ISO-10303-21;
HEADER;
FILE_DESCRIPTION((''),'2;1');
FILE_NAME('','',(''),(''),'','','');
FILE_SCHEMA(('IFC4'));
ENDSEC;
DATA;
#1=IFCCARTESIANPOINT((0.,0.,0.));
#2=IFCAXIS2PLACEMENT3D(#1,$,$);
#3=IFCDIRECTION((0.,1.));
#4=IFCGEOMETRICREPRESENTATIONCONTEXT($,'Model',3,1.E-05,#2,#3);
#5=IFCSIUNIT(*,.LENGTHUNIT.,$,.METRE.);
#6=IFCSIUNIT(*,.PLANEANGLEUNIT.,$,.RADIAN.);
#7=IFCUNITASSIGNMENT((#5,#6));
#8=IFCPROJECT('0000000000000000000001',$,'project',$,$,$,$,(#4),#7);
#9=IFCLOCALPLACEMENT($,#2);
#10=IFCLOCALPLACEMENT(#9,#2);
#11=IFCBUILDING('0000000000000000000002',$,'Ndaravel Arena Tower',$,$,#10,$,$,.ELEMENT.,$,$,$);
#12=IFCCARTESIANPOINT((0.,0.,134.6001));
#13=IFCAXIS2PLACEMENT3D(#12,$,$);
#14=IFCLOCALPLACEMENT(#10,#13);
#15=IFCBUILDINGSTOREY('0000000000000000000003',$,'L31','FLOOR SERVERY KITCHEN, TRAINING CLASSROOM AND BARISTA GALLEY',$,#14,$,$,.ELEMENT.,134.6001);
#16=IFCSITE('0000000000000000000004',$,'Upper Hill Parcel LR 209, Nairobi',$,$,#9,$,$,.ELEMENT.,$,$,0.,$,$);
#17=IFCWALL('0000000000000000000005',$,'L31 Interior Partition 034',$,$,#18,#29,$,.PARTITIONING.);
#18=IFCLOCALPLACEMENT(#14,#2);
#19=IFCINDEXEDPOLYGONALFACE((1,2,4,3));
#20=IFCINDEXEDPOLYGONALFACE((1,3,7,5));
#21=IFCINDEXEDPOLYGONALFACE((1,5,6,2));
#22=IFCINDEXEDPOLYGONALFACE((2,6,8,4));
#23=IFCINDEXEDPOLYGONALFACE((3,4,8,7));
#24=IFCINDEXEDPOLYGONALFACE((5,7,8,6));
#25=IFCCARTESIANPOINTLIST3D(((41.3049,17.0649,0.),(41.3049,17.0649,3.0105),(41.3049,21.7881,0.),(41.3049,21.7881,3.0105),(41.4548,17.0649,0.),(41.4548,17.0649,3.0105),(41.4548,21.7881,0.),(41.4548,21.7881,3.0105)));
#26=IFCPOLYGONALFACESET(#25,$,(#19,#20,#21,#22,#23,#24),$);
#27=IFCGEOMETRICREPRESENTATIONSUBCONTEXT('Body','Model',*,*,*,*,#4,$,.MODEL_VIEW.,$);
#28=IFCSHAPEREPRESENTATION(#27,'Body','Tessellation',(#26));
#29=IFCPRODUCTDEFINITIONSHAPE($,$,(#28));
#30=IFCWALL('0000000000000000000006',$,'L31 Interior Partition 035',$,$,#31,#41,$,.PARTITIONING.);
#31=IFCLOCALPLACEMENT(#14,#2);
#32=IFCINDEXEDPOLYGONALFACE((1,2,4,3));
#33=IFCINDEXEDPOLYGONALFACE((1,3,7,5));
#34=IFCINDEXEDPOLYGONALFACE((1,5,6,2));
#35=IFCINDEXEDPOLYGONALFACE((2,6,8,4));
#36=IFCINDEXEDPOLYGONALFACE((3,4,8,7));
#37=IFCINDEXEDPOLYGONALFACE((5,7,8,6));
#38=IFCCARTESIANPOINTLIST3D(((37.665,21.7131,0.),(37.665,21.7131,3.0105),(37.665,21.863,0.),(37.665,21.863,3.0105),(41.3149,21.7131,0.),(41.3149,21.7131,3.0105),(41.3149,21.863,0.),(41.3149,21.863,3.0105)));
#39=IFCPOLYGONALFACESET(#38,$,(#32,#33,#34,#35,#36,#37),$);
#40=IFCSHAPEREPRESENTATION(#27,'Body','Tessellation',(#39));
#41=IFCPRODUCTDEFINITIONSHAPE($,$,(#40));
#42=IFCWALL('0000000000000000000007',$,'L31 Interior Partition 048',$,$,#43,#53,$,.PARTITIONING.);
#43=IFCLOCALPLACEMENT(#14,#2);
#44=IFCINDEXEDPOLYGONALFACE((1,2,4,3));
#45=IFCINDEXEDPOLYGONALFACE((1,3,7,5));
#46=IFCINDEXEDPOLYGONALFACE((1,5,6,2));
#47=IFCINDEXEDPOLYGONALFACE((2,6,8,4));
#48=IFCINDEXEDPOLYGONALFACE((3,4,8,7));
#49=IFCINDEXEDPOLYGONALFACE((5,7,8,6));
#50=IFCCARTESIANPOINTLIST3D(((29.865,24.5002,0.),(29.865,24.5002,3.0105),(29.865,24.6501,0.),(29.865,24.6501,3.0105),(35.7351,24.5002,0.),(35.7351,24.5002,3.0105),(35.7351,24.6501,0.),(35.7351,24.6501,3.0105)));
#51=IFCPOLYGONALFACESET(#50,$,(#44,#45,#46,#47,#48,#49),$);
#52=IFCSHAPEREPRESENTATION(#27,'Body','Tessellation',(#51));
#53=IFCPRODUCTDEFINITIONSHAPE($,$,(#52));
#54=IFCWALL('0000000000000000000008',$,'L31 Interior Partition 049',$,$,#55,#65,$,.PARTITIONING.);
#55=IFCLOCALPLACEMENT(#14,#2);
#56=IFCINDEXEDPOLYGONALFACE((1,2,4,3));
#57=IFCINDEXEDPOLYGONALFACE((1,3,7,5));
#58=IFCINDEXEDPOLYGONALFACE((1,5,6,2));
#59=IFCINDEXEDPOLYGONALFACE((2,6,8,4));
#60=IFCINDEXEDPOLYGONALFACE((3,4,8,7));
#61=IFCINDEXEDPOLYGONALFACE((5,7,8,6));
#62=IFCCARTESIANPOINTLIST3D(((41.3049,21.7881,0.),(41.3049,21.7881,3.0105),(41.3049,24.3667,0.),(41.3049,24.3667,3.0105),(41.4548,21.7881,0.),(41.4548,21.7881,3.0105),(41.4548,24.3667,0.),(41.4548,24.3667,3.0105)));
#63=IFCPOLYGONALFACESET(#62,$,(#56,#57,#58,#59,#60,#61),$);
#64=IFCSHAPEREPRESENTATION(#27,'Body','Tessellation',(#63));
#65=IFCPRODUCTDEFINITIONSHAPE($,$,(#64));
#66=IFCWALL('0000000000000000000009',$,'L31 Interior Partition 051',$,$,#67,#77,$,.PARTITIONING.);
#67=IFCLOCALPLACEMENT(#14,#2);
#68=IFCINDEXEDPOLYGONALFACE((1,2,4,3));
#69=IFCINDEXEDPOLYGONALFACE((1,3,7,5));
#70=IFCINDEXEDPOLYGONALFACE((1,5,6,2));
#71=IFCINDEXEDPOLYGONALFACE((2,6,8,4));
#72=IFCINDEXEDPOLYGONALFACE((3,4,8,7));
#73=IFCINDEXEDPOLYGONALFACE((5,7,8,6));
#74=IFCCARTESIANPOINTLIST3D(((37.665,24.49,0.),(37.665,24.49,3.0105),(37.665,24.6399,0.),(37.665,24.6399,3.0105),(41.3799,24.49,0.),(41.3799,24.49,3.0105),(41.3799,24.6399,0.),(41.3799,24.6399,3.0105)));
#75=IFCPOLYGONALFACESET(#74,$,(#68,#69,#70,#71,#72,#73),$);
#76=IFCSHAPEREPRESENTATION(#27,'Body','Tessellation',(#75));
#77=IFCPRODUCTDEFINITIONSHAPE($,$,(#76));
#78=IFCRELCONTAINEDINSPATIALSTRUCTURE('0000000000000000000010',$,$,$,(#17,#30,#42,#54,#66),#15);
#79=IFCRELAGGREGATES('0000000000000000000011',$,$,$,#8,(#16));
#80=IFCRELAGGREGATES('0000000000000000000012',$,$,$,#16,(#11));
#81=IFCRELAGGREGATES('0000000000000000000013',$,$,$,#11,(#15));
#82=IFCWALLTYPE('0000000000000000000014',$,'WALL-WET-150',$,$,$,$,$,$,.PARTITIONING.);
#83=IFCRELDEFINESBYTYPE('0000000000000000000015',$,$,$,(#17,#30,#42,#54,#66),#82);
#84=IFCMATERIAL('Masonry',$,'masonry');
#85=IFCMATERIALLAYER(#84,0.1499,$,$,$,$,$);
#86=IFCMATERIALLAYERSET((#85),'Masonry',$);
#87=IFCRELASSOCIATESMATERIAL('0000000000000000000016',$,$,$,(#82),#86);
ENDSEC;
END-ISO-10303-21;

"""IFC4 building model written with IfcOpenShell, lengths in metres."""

from ifc_helpers import new_model, si_unit, direction, frame, frame_2d, origin, place, context, subcontext, project, spatial, rectangle, extrude, material, layer, layer_set, type_object, element, save


model = new_model("IFC4")

# Units and contexts
model_context = context("Model", 3, precision=1e-05, world=origin(), true_north=direction((0.0, 1.0)))
body_context = subcontext(model_context, "Body", "Model", "MODEL_VIEW")
ifc_project = project(units=[si_unit("LENGTHUNIT", "METRE"), si_unit("PLANEANGLEUNIT", "RADIAN")], contexts=[model_context])

# Site, building, storey
site_placement = place(None, origin())
site = spatial("IfcSite", under=ifc_project, at=site_placement, Name="Upper Hill Parcel LR 209, Nairobi", CompositionType="ELEMENT", RefElevation=0.0)
building_placement = place(site_placement, origin())
building = spatial("IfcBuilding", under=site, at=building_placement, Name="Ndaravel Arena Tower", CompositionType="ELEMENT")
storey_placement = place(building_placement, frame((0.0, 0.0, 134.6001)))
storey = spatial("IfcBuildingStorey", under=building, at=storey_placement, Name="L31", Description="FLOOR SERVERY KITCHEN, TRAINING CLASSROOM AND BARISTA GALLEY", CompositionType="ELEMENT", Elevation=134.6001)

# Shared definitions
ifc_material_1 = material(Name="Masonry", Category="masonry")
ifc_layer_1 = layer(ifc_material_1, 0.1499)
ifc_layer_set_1 = layer_set([ifc_layer_1], Name="Masonry")
wall_type_1 = type_object("IfcWallType", Name="WALL-WET-150", PredefinedType="PARTITIONING", material=ifc_layer_set_1)

# Walls
wall_1_placement = place(storey_placement, frame((41.3799, 21.7881, 0.0), z_axis=(0.0, 0.0, 1.0), x_axis=(0.0, -1.0, 0.0)))
element("IfcWall", 1, at=wall_1_placement, inside=storey, type_object=wall_type_1, Name="L31 Interior Partition 034", PredefinedType="PARTITIONING", context=body_context, shape_type="SweptSolid", body=[
    extrude(rectangle(XDim=4.7231, YDim=0.1499, at=frame_2d((2.3616, 0.0))), origin(), (0.0, 0.0, 1.0), 3.0105),
])
wall_2_placement = place(storey_placement, frame((37.665, 21.7881, 0.0), z_axis=(0.0, 0.0, 1.0), x_axis=(1.0, 0.0, 0.0)))
element("IfcWall", 2, at=wall_2_placement, inside=storey, type_object=wall_type_1, Name="L31 Interior Partition 035", PredefinedType="PARTITIONING", context=body_context, shape_type="SweptSolid", body=[
    extrude(rectangle(XDim=3.6499, YDim=0.1499, at=frame_2d((1.825, 0.0))), origin(), (0.0, 0.0, 1.0), 3.0105),
])
wall_3_placement = place(storey_placement, frame((29.865, 24.5752, 0.0), z_axis=(0.0, 0.0, 1.0), x_axis=(1.0, 0.0, 0.0)))
element("IfcWall", 3, at=wall_3_placement, inside=storey, type_object=wall_type_1, Name="L31 Interior Partition 048", PredefinedType="PARTITIONING", context=body_context, shape_type="SweptSolid", body=[
    extrude(rectangle(XDim=5.8701, YDim=0.1499, at=frame_2d((2.9351, 0.0))), origin(), (0.0, 0.0, 1.0), 3.0105),
])
wall_4_placement = place(storey_placement, frame((41.3799, 21.7881, 0.0), z_axis=(0.0, 0.0, 1.0), x_axis=(0.0, 1.0, 0.0)))
element("IfcWall", 4, at=wall_4_placement, inside=storey, type_object=wall_type_1, Name="L31 Interior Partition 049", PredefinedType="PARTITIONING", context=body_context, shape_type="SweptSolid", body=[
    extrude(rectangle(XDim=2.5786, YDim=0.1499, at=frame_2d((1.2893, 0.0))), origin(), (0.0, 0.0, 1.0), 3.0105),
])
wall_5_placement = place(storey_placement, frame((37.665, 24.5649, 0.0), z_axis=(0.0, 0.0, 1.0), x_axis=(1.0, 0.0, 0.0)))
element("IfcWall", 5, at=wall_5_placement, inside=storey, type_object=wall_type_1, Name="L31 Interior Partition 051", PredefinedType="PARTITIONING", context=body_context, shape_type="SweptSolid", body=[
    extrude(rectangle(XDim=3.7148, YDim=0.1499, at=frame_2d((1.8574, 0.0))), origin(), (0.0, 0.0, 1.0), 3.0105),
])

save(model, "model.ifc")
